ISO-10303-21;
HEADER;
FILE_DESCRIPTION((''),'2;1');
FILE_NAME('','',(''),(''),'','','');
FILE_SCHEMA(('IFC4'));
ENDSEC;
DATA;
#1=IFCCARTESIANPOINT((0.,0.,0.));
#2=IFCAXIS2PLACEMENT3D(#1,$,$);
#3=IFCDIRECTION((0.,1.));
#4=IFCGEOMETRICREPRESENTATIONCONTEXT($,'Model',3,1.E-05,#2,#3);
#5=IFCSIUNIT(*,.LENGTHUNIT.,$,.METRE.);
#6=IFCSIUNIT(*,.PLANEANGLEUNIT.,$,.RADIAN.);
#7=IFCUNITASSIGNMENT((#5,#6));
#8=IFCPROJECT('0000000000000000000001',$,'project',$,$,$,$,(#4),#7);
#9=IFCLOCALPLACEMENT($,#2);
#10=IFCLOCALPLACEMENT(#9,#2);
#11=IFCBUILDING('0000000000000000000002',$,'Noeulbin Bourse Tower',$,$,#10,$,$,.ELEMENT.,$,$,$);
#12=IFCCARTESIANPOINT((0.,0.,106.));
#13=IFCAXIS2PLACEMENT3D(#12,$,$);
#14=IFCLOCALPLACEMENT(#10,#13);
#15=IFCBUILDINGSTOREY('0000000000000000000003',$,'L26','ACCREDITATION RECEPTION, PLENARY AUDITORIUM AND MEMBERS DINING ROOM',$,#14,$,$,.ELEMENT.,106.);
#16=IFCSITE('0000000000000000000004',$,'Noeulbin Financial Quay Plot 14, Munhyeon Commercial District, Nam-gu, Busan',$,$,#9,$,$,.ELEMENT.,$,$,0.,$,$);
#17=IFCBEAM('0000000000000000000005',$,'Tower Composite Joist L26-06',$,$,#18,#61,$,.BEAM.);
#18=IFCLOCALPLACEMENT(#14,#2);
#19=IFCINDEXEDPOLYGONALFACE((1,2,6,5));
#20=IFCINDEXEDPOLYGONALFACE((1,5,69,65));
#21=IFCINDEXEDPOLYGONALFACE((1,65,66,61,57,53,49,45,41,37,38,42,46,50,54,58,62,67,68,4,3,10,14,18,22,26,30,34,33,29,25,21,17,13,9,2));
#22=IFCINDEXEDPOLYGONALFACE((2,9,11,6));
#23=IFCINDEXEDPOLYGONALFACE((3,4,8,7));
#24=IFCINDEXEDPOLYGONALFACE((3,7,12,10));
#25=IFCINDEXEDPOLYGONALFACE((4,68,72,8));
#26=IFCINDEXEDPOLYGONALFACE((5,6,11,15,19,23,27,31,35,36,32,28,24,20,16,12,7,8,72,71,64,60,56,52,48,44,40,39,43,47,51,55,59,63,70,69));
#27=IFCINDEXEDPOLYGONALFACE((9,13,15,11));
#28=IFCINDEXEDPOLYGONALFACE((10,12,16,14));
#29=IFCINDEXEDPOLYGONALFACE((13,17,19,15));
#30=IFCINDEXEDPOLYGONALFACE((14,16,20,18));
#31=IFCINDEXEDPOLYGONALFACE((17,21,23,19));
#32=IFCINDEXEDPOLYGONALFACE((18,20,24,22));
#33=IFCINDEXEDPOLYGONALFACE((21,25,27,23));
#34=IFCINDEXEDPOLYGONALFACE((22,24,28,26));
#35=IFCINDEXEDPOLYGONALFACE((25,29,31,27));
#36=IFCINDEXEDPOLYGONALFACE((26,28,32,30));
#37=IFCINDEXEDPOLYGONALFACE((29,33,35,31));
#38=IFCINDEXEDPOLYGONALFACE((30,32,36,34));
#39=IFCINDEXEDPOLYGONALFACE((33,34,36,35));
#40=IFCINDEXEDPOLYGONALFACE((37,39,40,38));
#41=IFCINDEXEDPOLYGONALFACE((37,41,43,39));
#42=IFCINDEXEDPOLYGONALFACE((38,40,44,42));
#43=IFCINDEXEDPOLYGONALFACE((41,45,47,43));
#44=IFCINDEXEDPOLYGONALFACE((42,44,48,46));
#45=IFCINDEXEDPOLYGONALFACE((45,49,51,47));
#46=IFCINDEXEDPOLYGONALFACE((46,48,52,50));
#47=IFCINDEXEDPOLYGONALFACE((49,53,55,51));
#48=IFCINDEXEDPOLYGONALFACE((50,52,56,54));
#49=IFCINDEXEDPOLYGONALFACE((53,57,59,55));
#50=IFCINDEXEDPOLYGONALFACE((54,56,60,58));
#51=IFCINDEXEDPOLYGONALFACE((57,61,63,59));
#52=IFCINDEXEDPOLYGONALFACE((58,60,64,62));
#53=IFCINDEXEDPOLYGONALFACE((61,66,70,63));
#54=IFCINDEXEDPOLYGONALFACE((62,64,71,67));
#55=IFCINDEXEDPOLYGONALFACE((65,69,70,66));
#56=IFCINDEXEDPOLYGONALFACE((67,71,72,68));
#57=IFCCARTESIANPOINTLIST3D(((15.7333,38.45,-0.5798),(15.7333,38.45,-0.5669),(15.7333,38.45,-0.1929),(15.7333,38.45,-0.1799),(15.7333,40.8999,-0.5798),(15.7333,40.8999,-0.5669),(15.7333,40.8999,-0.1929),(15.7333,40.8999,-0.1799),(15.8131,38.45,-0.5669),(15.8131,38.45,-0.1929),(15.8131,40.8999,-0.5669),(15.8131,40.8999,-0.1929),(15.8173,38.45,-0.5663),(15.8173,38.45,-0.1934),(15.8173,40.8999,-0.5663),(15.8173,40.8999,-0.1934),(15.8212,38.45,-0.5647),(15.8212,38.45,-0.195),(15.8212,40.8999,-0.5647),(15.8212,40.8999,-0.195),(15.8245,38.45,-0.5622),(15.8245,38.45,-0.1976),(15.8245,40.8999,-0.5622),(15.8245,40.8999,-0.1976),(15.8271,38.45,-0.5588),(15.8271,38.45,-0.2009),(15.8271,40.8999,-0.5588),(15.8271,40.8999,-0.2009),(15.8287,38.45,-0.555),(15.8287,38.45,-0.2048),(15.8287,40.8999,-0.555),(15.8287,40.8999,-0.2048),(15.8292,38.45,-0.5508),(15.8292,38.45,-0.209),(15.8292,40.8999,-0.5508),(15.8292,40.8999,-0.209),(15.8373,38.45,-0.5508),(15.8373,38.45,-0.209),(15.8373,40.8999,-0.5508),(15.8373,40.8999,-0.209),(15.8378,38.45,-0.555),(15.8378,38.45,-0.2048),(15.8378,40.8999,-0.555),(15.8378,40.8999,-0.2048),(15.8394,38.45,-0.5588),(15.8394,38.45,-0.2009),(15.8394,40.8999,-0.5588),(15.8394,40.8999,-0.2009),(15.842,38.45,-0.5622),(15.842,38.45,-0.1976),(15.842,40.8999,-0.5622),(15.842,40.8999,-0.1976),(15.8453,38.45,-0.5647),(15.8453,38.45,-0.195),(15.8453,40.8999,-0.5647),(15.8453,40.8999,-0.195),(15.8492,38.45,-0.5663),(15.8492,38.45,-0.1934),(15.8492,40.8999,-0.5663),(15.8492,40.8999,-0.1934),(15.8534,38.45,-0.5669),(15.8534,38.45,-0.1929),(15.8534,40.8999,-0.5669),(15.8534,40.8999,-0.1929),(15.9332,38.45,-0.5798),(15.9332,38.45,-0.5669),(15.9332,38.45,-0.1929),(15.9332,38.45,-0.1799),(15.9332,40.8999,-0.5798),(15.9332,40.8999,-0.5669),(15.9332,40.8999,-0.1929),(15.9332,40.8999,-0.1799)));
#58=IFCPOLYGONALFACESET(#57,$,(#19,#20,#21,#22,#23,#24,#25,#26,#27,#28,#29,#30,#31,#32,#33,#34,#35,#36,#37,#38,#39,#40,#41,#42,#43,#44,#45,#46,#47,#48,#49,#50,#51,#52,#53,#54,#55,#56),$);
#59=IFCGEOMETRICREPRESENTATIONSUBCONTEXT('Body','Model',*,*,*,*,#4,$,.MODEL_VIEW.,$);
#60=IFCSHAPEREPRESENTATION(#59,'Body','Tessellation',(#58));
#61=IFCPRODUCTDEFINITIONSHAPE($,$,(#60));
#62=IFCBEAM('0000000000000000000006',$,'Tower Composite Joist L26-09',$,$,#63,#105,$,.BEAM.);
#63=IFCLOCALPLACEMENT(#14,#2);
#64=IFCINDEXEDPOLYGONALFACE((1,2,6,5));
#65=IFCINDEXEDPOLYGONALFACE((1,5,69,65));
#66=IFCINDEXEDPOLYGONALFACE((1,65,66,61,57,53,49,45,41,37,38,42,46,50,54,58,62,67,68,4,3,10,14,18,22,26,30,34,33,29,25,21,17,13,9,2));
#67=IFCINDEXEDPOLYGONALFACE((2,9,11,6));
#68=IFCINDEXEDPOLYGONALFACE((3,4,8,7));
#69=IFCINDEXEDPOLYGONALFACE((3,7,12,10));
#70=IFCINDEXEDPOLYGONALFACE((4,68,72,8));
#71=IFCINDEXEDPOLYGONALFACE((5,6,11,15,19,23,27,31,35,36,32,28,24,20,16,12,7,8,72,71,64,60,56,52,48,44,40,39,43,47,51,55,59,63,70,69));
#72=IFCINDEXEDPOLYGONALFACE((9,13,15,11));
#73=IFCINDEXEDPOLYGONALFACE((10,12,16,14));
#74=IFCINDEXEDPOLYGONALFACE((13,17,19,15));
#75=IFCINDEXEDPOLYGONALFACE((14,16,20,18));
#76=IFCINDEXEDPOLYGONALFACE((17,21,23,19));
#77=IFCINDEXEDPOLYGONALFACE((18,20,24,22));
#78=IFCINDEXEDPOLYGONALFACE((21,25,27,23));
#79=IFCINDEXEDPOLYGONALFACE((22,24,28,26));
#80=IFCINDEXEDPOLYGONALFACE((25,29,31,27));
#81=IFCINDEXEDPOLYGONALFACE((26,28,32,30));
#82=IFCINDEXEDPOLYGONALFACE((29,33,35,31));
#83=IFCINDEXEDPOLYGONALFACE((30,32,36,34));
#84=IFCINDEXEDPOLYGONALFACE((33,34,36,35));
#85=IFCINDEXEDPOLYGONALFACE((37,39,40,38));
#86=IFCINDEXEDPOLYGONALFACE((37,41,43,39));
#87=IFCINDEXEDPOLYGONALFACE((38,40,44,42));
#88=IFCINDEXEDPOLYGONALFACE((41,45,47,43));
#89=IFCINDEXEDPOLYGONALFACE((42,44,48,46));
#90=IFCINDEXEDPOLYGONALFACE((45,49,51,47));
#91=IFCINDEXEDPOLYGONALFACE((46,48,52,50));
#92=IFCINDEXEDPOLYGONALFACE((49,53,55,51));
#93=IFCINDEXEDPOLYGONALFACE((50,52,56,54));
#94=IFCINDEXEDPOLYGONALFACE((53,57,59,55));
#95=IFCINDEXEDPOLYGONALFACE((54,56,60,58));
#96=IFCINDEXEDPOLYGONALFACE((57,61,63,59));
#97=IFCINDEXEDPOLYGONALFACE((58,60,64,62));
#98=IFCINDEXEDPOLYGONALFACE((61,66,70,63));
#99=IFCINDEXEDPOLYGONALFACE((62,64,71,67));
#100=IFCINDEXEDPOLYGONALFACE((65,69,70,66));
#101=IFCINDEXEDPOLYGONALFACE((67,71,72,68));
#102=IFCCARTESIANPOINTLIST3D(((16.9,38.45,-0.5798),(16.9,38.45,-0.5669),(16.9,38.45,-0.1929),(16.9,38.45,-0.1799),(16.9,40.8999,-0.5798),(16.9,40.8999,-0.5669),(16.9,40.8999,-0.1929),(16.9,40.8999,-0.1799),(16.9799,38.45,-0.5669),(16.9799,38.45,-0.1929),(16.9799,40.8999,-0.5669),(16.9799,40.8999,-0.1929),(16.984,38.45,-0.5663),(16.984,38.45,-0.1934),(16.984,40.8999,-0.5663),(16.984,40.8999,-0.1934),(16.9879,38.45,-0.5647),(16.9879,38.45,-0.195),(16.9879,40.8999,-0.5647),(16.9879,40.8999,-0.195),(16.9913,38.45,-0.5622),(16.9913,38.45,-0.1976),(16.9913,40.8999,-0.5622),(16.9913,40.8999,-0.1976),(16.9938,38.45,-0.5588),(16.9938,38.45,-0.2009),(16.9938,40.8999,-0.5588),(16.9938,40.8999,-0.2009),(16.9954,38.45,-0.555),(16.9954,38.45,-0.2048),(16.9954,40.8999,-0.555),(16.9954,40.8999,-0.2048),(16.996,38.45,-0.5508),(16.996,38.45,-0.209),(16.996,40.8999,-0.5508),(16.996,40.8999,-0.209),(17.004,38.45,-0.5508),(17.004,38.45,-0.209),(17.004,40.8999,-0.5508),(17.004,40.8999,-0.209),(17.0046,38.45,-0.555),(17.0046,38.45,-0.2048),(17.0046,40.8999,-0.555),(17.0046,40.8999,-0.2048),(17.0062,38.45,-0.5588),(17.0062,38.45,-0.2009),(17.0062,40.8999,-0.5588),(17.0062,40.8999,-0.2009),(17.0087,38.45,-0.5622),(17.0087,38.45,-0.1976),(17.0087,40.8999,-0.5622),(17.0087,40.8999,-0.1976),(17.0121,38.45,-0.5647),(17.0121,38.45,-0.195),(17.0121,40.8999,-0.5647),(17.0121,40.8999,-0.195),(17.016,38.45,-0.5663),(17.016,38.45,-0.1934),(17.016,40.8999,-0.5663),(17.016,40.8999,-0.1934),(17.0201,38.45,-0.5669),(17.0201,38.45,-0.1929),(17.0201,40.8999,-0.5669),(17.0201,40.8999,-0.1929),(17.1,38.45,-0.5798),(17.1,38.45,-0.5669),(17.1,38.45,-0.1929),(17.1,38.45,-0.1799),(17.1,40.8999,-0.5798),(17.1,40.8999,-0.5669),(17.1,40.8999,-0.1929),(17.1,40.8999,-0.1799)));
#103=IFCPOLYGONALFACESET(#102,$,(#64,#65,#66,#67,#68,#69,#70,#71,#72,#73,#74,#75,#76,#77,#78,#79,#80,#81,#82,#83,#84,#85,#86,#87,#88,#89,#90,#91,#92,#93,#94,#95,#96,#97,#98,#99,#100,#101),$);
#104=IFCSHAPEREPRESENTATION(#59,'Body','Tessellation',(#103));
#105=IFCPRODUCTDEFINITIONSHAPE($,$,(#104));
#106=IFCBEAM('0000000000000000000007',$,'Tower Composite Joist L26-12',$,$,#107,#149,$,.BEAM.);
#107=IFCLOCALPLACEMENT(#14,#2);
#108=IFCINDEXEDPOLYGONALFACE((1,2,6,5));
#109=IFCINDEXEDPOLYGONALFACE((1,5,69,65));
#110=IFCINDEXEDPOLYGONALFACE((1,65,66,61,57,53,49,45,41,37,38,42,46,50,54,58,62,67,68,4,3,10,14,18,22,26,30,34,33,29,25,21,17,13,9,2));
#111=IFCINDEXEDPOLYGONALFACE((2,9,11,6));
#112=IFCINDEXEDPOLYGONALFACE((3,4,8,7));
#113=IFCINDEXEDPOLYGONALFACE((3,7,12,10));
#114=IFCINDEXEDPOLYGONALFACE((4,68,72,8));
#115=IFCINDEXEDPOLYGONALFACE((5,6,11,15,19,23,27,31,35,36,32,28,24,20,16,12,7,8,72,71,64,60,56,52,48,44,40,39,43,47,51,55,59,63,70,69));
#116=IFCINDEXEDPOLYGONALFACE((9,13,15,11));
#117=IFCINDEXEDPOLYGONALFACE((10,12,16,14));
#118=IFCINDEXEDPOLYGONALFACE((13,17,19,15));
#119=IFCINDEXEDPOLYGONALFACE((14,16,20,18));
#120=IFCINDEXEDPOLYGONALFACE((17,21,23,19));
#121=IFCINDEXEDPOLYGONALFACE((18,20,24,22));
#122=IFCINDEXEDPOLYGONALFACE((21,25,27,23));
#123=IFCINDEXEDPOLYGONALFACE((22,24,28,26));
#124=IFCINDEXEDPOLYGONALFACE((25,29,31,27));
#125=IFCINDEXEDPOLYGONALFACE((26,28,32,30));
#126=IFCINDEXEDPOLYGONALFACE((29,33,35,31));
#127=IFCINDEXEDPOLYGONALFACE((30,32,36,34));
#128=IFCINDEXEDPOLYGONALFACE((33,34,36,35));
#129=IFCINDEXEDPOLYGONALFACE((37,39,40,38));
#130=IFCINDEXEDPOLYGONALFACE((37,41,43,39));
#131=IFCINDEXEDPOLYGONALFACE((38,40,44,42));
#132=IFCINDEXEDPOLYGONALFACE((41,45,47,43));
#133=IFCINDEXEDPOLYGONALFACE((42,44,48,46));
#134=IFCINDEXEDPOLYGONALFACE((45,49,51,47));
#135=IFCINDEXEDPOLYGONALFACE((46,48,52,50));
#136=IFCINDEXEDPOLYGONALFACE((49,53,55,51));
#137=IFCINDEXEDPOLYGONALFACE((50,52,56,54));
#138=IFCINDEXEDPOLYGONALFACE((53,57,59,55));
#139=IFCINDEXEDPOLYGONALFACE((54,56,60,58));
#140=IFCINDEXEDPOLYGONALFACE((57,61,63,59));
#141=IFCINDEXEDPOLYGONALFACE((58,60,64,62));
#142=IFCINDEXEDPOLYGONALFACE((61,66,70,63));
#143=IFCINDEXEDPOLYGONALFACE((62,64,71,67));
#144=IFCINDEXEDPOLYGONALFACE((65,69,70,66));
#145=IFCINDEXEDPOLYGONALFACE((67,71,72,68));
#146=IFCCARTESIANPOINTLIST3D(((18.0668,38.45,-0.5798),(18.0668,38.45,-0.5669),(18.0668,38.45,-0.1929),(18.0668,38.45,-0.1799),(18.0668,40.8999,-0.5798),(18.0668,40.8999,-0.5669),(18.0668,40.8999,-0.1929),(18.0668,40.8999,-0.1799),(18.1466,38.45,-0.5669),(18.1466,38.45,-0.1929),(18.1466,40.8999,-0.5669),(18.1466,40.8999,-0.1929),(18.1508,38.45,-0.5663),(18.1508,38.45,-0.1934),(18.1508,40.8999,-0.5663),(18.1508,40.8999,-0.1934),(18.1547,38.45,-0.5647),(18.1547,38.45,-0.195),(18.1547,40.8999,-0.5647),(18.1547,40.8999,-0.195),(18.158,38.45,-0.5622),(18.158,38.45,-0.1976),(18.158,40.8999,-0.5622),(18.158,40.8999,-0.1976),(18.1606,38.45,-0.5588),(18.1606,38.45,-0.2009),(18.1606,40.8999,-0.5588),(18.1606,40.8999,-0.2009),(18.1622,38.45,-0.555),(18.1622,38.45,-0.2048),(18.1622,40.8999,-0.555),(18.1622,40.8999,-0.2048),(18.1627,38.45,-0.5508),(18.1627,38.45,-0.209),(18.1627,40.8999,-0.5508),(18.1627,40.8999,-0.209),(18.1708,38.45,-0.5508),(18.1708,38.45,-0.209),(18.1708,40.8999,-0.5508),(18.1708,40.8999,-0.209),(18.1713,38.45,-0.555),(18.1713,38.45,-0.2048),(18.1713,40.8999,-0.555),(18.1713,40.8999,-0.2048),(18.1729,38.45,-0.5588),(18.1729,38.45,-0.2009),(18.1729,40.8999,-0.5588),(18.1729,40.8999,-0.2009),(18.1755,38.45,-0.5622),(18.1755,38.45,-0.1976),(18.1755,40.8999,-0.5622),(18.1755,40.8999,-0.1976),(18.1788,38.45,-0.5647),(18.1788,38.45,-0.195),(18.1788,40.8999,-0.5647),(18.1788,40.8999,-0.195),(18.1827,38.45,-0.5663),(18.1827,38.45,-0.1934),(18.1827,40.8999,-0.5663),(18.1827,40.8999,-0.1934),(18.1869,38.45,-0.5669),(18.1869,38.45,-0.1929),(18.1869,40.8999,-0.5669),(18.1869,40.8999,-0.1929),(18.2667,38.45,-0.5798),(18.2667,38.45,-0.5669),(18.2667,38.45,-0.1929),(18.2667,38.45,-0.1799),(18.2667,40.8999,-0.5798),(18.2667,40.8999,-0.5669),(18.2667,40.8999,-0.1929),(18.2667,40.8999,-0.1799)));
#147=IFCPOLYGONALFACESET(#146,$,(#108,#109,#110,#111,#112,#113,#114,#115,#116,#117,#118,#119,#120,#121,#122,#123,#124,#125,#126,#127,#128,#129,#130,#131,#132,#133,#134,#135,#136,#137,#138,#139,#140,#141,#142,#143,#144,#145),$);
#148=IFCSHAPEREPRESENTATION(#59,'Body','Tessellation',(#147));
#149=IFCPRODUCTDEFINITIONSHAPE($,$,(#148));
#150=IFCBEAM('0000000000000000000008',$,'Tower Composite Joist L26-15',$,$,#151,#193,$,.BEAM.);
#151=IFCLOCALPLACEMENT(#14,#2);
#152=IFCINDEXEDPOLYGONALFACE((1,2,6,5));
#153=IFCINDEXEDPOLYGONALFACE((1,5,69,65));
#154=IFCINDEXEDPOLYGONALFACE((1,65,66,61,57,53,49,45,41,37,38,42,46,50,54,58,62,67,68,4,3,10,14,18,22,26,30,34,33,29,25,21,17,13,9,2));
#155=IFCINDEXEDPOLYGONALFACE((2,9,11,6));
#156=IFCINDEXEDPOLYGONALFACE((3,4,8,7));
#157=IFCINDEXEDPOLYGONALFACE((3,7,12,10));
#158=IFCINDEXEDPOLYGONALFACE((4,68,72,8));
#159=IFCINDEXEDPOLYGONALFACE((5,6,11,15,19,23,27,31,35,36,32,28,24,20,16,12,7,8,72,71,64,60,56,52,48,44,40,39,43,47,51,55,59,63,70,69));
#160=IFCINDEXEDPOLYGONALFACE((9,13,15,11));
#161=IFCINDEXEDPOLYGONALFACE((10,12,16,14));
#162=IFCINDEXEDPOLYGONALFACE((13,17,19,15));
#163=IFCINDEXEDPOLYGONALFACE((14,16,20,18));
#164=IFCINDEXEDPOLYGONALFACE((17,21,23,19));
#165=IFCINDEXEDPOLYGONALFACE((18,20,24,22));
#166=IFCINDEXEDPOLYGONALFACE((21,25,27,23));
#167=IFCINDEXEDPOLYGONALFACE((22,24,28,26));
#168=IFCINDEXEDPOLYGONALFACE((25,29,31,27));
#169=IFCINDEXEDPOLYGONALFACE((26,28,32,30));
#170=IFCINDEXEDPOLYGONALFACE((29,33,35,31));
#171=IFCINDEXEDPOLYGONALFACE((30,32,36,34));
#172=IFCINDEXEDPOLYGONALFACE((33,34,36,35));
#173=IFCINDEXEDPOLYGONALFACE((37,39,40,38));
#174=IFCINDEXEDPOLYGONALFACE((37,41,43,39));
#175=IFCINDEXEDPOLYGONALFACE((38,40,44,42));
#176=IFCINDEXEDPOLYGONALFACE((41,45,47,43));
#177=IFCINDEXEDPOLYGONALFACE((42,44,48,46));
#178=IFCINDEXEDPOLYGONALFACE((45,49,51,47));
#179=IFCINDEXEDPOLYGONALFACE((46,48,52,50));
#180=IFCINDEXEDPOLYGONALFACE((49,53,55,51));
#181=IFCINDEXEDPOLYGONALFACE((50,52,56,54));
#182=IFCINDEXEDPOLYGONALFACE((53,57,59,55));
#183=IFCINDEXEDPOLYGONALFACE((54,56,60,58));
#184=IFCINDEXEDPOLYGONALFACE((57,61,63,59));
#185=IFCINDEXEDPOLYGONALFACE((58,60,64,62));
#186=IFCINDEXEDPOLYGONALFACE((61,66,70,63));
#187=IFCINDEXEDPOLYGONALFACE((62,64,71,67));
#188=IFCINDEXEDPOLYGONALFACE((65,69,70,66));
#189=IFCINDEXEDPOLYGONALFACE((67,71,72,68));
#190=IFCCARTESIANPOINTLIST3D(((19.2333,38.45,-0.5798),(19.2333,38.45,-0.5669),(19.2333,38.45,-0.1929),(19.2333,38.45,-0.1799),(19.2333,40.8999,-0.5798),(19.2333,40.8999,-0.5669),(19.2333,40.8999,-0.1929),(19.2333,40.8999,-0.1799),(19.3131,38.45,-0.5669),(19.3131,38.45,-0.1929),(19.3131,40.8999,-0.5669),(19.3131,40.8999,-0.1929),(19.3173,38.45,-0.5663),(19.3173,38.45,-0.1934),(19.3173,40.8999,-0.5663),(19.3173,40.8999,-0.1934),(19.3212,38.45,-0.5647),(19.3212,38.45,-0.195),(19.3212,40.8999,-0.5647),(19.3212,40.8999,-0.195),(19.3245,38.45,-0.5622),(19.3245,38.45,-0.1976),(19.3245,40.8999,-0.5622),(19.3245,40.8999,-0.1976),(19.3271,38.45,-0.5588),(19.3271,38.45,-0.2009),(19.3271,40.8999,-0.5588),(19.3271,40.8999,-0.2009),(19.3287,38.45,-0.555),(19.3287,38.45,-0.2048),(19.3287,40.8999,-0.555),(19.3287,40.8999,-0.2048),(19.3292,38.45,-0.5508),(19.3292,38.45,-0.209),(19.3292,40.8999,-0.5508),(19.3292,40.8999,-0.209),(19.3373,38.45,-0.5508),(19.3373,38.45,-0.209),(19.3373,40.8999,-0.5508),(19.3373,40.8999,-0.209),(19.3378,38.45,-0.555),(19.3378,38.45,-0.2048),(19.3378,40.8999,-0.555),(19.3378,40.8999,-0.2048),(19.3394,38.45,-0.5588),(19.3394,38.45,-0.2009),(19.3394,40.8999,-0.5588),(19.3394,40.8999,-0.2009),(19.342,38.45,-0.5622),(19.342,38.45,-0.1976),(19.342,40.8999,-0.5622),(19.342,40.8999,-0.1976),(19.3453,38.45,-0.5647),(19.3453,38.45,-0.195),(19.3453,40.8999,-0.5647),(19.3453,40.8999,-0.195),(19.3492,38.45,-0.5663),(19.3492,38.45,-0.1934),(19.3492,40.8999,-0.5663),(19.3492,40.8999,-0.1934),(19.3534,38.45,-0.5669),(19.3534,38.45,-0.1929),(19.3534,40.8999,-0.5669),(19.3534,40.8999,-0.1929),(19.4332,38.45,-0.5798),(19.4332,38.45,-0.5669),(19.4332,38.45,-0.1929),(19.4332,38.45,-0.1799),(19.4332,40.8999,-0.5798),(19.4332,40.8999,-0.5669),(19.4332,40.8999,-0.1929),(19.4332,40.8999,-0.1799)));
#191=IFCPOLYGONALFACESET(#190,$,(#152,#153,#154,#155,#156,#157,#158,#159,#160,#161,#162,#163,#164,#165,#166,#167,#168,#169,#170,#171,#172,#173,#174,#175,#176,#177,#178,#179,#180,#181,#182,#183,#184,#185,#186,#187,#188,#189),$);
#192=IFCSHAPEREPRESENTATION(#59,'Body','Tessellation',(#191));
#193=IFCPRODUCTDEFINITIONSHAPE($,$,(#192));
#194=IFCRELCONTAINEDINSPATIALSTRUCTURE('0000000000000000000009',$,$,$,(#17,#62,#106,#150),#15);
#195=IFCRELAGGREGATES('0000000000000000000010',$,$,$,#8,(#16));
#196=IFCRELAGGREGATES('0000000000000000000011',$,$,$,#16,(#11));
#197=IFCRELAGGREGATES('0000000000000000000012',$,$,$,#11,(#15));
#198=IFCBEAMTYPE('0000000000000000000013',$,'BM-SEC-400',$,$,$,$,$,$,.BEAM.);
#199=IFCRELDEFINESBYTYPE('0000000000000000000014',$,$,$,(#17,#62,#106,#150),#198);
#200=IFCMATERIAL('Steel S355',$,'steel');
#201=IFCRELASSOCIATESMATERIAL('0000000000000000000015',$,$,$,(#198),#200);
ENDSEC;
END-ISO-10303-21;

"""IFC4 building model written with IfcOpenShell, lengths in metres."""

from ifc_helpers import new_model, si_unit, direction, frame, origin, origin_2d, place, context, subcontext, project, spatial, i_section, extrude, material, material_profile, profile_set, type_object, element, save


model = new_model("IFC4")

# Units and contexts
model_context = context("Model", 3, precision=1e-05, world=origin(), true_north=direction((0.0, 1.0)))
body_context = subcontext(model_context, "Body", "Model", "MODEL_VIEW")
ifc_project = project(units=[si_unit("LENGTHUNIT", "METRE"), si_unit("PLANEANGLEUNIT", "RADIAN")], contexts=[model_context])

# Site, building, storey
site_placement = place(None, origin())
site = spatial("IfcSite", under=ifc_project, at=site_placement, Name="Noeulbin Financial Quay Plot 14, Munhyeon Commercial District, Nam-gu, Busan", CompositionType="ELEMENT", RefElevation=0.0)
building_placement = place(site_placement, origin())
building = spatial("IfcBuilding", under=site, at=building_placement, Name="Noeulbin Bourse Tower", CompositionType="ELEMENT")
storey_placement = place(building_placement, frame((0.0, 0.0, 106.0)))
storey = spatial("IfcBuildingStorey", under=building, at=storey_placement, Name="L26", Description="ACCREDITATION RECEPTION, PLENARY AUDITORIUM AND MEMBERS DINING ROOM", CompositionType="ELEMENT", Elevation=106.0)

# Beams
ifc_material_1 = material(Name="Steel S355", Category="steel")
ifc_material_profile_1 = material_profile(ifc_material_1, i_section(OverallWidth=0.2, OverallDepth=0.3999, WebThickness=0.0081, FlangeThickness=0.0129, FilletRadius=0.0161, at=origin_2d()), Name="H-400x200x8x13", Category="LoadBearing")
ifc_profile_set_1 = profile_set([ifc_material_profile_1], Name="Steel S355")
beam_type = type_object("IfcBeamType", Name="BM-SEC-400", PredefinedType="BEAM", material=ifc_profile_set_1)
for number, where, z_axis, x_axis, name in (
    (1, (15.8333, 38.45, -0.3799), (0.0, 1.0, 0.0), (-1.0, 0.0, 0.0), "Tower Composite Joist L26-06"),
    (2, (17.0, 38.45, -0.3799), (0.0, 1.0, 0.0), (-1.0, 0.0, 0.0), "Tower Composite Joist L26-09"),
    (3, (18.1667, 38.45, -0.3799), (0.0, 1.0, 0.0), (-1.0, 0.0, 0.0), "Tower Composite Joist L26-12"),
    (4, (19.3333, 38.45, -0.3799), (0.0, 1.0, 0.0), (-1.0, 0.0, 0.0), "Tower Composite Joist L26-15"),
):
    element("IfcBeam", number, at=place(storey_placement, frame(where, z_axis=z_axis, x_axis=x_axis)), inside=storey, type_object=beam_type, Name=name, PredefinedType="BEAM", context=body_context, shape_type="SweptSolid", body=[
        extrude(i_section(OverallWidth=0.2, OverallDepth=0.3999, WebThickness=0.0081, FlangeThickness=0.0129, FilletRadius=0.0161, at=origin_2d()), origin(), (0.0, 0.0, 1.0), 2.45),
    ])

save(model, "model.ifc")
